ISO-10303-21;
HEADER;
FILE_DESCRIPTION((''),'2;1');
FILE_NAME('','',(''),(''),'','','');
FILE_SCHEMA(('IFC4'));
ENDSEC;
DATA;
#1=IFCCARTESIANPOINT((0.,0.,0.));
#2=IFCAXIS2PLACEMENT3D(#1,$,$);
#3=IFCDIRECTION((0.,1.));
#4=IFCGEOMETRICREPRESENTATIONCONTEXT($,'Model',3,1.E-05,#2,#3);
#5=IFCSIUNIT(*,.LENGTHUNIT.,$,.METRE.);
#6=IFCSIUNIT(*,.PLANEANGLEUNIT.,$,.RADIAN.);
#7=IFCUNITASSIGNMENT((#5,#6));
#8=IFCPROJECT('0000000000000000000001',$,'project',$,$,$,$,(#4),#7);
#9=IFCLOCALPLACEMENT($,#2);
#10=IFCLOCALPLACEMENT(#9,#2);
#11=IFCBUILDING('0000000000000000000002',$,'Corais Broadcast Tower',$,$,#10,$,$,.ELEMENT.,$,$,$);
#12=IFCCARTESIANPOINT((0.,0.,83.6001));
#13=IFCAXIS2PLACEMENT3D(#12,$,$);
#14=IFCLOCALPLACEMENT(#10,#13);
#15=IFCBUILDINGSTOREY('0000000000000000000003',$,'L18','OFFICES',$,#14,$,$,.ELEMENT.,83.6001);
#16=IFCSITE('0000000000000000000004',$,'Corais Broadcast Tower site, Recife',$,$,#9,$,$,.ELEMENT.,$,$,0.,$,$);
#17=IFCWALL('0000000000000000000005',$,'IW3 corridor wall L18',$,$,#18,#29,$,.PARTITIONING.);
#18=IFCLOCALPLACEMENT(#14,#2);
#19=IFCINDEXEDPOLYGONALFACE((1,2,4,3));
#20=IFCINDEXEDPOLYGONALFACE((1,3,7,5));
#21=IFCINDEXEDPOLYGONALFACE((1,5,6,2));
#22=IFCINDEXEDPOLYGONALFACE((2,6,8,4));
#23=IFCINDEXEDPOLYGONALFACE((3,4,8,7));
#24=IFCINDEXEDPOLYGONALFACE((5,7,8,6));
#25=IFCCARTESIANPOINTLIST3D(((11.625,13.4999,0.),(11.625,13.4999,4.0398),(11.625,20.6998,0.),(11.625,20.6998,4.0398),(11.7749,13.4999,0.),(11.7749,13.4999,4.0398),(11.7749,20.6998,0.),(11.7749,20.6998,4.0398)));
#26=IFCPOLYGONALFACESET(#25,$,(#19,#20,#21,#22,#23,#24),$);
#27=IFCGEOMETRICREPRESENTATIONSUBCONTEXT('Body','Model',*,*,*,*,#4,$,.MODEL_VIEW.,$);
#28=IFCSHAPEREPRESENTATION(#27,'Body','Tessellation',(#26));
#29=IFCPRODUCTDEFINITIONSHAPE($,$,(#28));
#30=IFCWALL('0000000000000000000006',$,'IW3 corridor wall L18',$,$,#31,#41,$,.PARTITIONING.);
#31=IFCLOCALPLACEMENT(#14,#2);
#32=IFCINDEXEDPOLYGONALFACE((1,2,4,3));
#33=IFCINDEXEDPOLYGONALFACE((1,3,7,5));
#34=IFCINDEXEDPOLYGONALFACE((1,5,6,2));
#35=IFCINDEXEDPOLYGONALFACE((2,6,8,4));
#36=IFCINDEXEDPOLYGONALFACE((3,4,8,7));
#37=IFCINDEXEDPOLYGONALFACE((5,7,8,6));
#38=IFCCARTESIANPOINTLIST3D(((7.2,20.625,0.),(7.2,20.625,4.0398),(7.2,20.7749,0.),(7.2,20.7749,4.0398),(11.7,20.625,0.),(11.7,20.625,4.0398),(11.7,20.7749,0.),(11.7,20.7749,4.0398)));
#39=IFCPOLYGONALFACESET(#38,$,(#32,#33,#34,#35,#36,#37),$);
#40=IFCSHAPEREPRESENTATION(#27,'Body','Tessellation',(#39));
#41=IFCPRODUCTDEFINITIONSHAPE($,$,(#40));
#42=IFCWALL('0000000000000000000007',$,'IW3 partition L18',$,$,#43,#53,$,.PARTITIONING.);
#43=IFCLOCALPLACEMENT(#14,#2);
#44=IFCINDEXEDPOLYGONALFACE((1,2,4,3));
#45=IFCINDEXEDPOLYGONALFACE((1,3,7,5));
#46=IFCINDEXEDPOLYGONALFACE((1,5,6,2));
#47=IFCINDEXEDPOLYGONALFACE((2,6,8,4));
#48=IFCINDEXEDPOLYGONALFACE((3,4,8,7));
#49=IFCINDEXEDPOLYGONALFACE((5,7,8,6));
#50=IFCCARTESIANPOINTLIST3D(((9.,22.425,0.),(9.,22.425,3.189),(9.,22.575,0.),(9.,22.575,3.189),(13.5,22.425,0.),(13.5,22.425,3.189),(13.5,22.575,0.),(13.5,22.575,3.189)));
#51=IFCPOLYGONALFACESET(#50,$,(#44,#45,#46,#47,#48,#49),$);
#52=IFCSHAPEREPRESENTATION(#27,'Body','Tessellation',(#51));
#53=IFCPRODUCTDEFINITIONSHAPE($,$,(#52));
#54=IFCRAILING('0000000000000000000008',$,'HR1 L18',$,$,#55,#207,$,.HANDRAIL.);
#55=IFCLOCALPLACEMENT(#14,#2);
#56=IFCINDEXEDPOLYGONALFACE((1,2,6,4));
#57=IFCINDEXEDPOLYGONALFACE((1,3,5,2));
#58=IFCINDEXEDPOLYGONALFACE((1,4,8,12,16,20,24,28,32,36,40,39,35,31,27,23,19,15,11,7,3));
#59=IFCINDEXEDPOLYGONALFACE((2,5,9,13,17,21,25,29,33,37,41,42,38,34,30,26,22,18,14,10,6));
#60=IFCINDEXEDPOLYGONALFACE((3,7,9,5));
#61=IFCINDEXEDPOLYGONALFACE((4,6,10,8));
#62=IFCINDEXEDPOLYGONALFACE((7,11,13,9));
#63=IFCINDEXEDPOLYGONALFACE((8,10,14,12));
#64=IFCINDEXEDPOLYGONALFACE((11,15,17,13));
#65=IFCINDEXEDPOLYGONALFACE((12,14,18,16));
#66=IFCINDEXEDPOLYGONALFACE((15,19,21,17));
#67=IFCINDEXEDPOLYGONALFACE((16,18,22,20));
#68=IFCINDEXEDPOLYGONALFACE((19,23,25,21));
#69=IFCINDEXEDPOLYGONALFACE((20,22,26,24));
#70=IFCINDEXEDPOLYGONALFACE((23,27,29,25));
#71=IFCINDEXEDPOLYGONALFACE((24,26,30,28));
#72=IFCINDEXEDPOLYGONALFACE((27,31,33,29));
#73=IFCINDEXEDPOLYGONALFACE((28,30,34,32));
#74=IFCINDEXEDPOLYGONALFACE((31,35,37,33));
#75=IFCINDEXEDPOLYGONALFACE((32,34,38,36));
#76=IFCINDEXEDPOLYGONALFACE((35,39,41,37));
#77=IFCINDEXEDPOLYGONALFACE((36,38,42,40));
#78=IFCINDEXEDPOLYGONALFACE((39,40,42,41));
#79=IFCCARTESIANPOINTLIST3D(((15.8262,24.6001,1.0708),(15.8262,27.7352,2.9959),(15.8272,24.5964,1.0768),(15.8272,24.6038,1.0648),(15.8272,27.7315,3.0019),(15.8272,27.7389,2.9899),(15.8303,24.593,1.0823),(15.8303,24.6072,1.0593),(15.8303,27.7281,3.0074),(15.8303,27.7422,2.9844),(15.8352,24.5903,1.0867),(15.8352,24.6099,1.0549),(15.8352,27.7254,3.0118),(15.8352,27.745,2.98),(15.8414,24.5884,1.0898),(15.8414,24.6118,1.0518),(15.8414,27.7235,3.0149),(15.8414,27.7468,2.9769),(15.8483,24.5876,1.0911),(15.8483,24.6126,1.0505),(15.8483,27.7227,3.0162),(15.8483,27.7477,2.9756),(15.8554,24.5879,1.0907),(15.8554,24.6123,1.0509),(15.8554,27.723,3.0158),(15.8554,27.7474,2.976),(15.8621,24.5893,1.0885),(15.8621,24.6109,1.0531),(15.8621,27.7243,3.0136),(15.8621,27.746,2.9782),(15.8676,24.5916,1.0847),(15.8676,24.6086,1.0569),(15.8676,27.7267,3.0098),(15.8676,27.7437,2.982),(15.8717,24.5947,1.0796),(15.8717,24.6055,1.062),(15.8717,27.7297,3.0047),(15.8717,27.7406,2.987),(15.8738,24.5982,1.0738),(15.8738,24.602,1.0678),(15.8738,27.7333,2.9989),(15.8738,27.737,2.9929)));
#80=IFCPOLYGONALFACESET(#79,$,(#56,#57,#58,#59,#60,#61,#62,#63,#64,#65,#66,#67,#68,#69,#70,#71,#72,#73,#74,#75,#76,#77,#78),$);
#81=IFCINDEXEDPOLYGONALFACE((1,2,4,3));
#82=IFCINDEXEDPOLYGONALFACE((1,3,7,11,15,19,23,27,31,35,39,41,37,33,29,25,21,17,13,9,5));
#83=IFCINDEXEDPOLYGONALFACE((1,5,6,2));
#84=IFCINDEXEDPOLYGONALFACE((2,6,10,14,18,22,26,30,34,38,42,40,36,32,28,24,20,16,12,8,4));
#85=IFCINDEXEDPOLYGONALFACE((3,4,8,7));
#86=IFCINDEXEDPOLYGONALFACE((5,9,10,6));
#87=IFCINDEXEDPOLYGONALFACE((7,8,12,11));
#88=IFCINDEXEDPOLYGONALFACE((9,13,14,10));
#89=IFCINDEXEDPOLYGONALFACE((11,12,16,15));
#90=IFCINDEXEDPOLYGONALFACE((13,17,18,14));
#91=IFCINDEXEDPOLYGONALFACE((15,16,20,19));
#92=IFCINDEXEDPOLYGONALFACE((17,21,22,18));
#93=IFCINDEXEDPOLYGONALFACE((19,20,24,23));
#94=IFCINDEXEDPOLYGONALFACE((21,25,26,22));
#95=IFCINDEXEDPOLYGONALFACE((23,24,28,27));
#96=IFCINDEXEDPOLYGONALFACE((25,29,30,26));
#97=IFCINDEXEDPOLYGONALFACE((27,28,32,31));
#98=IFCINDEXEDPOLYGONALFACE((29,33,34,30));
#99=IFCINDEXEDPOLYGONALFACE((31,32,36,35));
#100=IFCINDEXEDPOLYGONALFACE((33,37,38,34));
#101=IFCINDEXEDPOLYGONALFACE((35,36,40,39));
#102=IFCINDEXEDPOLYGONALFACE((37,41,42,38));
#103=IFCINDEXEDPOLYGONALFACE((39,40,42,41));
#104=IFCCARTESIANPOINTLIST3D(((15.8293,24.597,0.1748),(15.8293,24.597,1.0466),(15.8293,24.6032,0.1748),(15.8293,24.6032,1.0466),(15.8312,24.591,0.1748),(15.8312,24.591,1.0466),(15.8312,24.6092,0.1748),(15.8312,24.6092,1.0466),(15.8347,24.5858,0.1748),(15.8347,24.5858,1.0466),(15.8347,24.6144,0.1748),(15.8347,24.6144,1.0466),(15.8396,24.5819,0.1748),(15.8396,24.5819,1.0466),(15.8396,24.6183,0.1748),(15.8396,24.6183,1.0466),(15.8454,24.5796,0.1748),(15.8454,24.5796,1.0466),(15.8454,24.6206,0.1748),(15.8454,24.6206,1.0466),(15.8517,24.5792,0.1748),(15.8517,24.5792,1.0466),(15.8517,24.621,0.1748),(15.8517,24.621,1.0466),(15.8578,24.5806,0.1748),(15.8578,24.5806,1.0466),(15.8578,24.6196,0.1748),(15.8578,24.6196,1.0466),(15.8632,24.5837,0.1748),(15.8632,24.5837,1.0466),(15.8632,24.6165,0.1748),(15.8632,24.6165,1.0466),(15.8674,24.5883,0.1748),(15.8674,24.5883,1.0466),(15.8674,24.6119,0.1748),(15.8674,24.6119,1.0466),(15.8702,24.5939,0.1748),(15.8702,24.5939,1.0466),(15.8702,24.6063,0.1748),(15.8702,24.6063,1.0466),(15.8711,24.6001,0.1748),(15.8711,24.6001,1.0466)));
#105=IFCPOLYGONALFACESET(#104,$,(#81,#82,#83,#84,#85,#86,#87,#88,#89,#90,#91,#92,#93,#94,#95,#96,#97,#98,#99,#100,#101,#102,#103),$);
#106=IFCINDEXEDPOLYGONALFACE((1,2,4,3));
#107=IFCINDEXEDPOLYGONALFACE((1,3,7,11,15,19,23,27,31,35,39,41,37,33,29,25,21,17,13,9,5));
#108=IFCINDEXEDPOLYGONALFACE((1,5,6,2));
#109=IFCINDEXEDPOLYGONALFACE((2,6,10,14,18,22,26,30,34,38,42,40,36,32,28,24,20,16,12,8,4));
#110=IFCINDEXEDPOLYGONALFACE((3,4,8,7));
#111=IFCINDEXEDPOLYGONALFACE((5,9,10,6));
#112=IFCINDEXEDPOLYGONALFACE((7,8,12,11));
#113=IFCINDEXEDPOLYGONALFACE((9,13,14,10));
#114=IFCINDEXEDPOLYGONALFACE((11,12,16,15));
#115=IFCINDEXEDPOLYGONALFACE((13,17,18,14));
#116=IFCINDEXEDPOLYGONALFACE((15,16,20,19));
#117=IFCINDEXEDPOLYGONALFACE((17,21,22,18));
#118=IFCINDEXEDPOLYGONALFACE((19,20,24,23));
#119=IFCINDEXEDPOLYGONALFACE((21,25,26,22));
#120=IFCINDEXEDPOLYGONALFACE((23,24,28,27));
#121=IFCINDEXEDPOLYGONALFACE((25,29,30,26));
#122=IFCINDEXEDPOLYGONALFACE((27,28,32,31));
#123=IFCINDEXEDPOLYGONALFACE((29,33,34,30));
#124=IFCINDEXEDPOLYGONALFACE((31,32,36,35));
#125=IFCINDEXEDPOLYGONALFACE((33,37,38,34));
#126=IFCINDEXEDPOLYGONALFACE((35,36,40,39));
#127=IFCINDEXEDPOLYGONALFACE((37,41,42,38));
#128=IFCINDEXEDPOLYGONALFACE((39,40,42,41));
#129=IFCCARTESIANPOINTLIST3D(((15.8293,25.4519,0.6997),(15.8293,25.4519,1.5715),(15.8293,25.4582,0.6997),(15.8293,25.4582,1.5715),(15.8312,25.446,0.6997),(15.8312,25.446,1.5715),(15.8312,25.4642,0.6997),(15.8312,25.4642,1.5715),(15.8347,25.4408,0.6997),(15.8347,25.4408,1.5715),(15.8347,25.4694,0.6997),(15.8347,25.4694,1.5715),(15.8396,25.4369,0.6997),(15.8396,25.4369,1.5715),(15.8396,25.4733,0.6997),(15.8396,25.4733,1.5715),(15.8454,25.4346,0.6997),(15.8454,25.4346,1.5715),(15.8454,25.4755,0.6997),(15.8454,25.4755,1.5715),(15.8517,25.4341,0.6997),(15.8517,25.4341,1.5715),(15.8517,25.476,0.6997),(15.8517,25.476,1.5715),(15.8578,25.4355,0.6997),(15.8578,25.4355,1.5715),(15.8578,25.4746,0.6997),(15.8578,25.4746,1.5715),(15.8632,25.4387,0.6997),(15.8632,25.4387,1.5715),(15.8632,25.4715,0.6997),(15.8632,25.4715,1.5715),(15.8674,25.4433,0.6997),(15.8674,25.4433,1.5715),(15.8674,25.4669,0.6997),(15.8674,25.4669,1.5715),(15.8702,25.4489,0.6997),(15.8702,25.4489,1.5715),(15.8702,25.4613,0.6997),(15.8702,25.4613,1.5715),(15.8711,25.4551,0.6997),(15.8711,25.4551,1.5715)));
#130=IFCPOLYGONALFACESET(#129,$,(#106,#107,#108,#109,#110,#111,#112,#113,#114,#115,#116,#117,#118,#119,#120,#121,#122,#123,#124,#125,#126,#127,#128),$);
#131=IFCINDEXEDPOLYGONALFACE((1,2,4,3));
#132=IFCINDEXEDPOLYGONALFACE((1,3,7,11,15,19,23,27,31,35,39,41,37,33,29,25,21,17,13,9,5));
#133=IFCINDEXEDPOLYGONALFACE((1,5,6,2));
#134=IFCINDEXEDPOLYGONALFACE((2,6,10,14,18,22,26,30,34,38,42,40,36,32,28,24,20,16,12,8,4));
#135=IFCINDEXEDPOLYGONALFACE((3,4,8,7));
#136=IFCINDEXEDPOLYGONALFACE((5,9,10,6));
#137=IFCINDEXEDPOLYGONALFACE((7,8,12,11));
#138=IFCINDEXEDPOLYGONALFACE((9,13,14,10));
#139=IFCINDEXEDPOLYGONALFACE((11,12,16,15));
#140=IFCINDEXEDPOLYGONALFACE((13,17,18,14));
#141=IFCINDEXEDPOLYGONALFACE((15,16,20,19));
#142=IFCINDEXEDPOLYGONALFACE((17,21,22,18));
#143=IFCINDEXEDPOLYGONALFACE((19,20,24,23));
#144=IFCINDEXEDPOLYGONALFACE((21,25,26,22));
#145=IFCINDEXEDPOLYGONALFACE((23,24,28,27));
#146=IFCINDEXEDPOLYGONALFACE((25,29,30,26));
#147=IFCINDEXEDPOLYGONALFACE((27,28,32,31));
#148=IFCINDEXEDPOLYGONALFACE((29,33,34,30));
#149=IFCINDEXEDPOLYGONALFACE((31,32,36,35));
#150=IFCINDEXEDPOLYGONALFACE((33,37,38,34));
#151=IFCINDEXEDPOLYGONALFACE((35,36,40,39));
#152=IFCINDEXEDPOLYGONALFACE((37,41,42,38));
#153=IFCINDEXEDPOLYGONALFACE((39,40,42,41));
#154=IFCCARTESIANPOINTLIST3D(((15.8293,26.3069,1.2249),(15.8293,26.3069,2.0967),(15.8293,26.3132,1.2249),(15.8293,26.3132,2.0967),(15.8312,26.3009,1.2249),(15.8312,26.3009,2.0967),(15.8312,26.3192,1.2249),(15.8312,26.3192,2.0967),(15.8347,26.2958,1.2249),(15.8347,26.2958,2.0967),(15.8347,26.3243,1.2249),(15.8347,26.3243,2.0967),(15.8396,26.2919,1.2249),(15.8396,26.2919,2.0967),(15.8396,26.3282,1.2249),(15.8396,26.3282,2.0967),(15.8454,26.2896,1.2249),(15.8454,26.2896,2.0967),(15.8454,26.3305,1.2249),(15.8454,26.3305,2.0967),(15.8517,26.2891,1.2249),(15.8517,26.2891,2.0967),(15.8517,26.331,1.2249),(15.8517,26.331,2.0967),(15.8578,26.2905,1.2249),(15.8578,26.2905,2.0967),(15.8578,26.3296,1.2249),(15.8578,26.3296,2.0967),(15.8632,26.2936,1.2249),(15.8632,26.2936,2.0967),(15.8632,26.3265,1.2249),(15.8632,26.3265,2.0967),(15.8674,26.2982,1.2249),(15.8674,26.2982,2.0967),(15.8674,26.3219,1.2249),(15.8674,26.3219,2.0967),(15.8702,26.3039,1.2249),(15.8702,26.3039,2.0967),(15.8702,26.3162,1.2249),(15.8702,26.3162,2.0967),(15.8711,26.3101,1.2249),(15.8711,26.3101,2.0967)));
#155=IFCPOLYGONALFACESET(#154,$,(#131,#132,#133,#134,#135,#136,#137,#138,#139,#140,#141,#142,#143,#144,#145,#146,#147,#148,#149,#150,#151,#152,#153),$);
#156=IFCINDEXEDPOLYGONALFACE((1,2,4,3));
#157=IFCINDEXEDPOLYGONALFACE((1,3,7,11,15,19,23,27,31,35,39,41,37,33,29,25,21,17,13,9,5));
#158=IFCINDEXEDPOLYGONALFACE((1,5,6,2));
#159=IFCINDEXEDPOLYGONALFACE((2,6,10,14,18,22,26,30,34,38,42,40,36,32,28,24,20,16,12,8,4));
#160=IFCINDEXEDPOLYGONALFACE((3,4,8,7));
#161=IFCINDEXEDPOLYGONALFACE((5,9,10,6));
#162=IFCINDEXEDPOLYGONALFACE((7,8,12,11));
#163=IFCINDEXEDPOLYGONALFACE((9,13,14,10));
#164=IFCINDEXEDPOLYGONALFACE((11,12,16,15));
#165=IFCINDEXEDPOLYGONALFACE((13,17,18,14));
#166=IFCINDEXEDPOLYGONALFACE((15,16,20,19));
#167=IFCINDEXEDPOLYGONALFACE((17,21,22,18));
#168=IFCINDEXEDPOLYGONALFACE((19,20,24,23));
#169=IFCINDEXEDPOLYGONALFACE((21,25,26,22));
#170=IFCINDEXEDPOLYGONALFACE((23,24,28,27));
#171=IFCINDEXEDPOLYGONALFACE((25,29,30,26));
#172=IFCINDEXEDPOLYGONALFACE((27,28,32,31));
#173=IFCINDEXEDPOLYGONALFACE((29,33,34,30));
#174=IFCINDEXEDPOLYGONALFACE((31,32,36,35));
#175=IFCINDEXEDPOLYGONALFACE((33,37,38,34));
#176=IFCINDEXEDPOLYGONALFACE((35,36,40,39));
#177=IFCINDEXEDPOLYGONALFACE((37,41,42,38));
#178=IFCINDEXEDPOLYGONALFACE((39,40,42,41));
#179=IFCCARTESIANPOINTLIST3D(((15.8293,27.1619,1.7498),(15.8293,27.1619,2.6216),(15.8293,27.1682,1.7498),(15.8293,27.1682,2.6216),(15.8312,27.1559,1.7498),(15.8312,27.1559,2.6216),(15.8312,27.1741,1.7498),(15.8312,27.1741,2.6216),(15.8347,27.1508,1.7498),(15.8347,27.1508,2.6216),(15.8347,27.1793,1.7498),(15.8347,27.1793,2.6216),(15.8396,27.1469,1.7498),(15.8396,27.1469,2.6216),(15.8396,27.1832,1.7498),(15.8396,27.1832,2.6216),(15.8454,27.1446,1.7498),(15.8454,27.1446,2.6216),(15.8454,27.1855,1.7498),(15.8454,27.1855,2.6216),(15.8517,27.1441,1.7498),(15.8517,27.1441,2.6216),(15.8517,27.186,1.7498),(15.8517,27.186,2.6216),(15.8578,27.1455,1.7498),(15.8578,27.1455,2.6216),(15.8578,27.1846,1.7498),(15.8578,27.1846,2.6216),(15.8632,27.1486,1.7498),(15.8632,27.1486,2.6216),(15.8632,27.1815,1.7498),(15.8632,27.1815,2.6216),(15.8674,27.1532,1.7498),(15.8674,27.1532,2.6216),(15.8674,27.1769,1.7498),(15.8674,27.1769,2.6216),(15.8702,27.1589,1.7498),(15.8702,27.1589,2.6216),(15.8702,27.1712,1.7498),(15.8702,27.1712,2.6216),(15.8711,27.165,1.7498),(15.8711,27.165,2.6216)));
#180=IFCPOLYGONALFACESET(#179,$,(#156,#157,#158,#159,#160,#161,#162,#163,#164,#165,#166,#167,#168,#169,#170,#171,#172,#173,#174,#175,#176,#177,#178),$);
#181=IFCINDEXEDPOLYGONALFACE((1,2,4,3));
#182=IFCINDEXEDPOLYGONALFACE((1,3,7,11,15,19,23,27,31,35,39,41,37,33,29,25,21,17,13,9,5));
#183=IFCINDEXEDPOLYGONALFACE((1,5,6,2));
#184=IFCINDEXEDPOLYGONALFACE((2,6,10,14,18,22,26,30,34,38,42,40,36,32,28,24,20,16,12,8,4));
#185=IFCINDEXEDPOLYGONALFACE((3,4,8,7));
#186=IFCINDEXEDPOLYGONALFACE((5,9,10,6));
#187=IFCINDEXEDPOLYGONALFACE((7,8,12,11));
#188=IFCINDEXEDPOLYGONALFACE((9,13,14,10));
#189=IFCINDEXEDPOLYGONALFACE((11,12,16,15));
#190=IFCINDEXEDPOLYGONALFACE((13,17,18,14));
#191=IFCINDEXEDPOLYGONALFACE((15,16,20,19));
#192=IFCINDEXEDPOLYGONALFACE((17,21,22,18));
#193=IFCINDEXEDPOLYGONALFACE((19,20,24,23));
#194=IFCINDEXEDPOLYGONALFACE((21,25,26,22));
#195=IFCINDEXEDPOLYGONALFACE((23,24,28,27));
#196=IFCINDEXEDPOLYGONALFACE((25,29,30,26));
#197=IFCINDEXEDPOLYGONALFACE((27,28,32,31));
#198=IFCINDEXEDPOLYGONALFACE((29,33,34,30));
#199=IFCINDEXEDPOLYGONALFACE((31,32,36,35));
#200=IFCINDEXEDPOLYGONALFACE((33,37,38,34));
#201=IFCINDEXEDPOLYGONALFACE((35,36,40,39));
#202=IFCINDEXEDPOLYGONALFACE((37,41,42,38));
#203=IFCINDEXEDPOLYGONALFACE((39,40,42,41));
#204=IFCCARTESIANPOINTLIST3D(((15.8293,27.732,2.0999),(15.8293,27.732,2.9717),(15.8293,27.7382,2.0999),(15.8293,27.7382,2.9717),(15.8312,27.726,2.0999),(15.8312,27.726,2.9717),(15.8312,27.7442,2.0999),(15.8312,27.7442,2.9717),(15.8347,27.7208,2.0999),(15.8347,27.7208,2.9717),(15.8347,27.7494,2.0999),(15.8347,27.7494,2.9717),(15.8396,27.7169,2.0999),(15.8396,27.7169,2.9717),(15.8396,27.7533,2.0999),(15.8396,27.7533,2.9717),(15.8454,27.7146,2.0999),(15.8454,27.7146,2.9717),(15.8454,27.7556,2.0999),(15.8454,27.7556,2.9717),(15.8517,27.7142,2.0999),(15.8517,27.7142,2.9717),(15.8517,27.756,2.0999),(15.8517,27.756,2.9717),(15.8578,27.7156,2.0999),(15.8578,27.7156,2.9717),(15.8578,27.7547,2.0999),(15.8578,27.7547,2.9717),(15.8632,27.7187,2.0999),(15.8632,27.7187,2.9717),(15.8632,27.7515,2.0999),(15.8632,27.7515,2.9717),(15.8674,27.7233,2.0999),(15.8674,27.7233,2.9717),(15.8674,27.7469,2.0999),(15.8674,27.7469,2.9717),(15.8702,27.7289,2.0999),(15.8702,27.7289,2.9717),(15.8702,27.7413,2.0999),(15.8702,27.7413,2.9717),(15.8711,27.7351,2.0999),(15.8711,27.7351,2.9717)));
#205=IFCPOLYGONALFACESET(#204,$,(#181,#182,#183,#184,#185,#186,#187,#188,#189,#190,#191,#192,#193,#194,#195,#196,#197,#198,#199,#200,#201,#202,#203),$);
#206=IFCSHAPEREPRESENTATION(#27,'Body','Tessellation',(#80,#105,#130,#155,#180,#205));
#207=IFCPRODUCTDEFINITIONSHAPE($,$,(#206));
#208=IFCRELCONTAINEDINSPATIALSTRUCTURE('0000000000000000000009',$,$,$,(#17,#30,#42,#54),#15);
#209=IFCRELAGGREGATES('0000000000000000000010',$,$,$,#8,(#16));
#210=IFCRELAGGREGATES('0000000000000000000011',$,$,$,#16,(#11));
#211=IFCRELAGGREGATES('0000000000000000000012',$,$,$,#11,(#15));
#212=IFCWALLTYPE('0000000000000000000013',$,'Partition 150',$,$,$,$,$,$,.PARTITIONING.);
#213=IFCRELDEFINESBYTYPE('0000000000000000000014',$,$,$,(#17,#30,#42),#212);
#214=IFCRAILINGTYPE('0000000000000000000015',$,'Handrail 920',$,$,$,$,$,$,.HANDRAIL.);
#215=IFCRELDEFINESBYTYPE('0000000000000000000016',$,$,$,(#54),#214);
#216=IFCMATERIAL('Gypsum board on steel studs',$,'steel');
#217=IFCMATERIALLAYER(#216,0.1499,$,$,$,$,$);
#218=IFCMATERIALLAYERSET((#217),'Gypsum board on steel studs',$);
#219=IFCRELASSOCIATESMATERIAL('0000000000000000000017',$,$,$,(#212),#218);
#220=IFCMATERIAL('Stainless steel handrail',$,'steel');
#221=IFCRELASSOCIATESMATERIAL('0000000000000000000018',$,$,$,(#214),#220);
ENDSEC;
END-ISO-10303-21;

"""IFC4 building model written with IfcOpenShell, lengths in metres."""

from ifc_helpers import new_model, si_unit, direction, frame, frame_2d, origin, origin_2d, place, context, subcontext, project, spatial, rectangle, circle, extrude, material, layer, layer_set, type_object, element, save


model = new_model("IFC4")

# Units and contexts
model_context = context("Model", 3, precision=1e-05, world=origin(), true_north=direction((0.0, 1.0)))
body_context = subcontext(model_context, "Body", "Model", "MODEL_VIEW")
ifc_project = project(units=[si_unit("LENGTHUNIT", "METRE"), si_unit("PLANEANGLEUNIT", "RADIAN")], contexts=[model_context])

# Site, building, storey
site_placement = place(None, origin())
site = spatial("IfcSite", under=ifc_project, at=site_placement, Name="Corais Broadcast Tower site, Recife", CompositionType="ELEMENT", RefElevation=0.0)
building_placement = place(site_placement, origin())
building = spatial("IfcBuilding", under=site, at=building_placement, Name="Corais Broadcast Tower", CompositionType="ELEMENT")
storey_placement = place(building_placement, frame((0.0, 0.0, 83.6001)))
storey = spatial("IfcBuildingStorey", under=building, at=storey_placement, Name="L18", Description="OFFICES", CompositionType="ELEMENT", Elevation=83.6001)

# Walls
ifc_material_1 = material(Name="Gypsum board on steel studs", Category="steel")
ifc_layer_1 = layer(ifc_material_1, 0.1499)
ifc_layer_set_1 = layer_set([ifc_layer_1], Name="Gypsum board on steel studs")
wall_type_1 = type_object("IfcWallType", Name="Partition 150", PredefinedType="PARTITIONING", material=ifc_layer_set_1)
wall_1_placement = place(storey_placement, frame((11.7, 20.7, 0.0), z_axis=(0.0, 0.0, 1.0), x_axis=(0.0, -1.0, 0.0)))
element("IfcWall", 1, at=wall_1_placement, inside=storey, type_object=wall_type_1, Name="IW3 corridor wall L18", PredefinedType="PARTITIONING", context=body_context, shape_type="SweptSolid", body=[
    extrude(rectangle(XDim=7.2, YDim=0.1499, at=frame_2d((3.6001, 0.0))), origin(), (0.0, 0.0, 1.0), 4.0398),
])
wall_2_placement = place(storey_placement, frame((7.2, 20.7, 0.0), z_axis=(0.0, 0.0, 1.0), x_axis=(1.0, 0.0, 0.0)))
element("IfcWall", 2, at=wall_2_placement, inside=storey, type_object=wall_type_1, Name="IW3 corridor wall L18", PredefinedType="PARTITIONING", context=body_context, shape_type="SweptSolid", body=[
    extrude(rectangle(XDim=4.5, YDim=0.1499, at=frame_2d((2.25, 0.0))), origin(), (0.0, 0.0, 1.0), 4.0398),
])
wall_3_placement = place(storey_placement, frame((9.0, 22.5, 0.0), z_axis=(0.0, 0.0, 1.0), x_axis=(1.0, 0.0, 0.0)))
element("IfcWall", 3, at=wall_3_placement, inside=storey, type_object=wall_type_1, Name="IW3 partition L18", PredefinedType="PARTITIONING", context=body_context, shape_type="SweptSolid", body=[
    extrude(rectangle(XDim=4.5, YDim=0.1499, at=frame_2d((2.25, 0.0))), origin(), (0.0, 0.0, 1.0), 3.189),
])

# Railing
ifc_material_2 = material(Name="Stainless steel handrail", Category="steel")
railing_type = type_object("IfcRailingType", Name="Handrail 920", PredefinedType="HANDRAIL", material=ifc_material_2)
railing_placement = place(storey_placement, frame((15.8501, 24.6001, 0.1748)))
element("IfcRailing", 4, at=railing_placement, inside=storey, type_object=railing_type, Name="HR1 L18", PredefinedType="HANDRAIL", context=body_context, shape_type="SweptSolid", body=[
    extrude(circle(Radius=0.0239, at=origin_2d()), frame((0.0, 0.0, 0.896), z_axis=(0.0, 0.852166, 0.523271), x_axis=(-1.0, 0.0, 0.0)), (0.0, 0.0, 1.0), 3.679),
    extrude(circle(Radius=0.021, at=origin_2d()), origin(), (0.0, 0.0, 1.0), 0.8718),
    extrude(circle(Radius=0.021, at=origin_2d()), frame((0.0, 0.855, 0.5249)), (0.0, 0.0, 1.0), 0.8718),
    extrude(circle(Radius=0.021, at=origin_2d()), frame((0.0, 1.71, 1.05)), (0.0, 0.0, 1.0), 0.8718),
    extrude(circle(Radius=0.021, at=origin_2d()), frame((0.0, 2.5649, 1.575)), (0.0, 0.0, 1.0), 0.8718),
    extrude(circle(Radius=0.021, at=origin_2d()), frame((0.0, 3.135, 1.925)), (0.0, 0.0, 1.0), 0.8718),
])

save(model, "model.ifc")
